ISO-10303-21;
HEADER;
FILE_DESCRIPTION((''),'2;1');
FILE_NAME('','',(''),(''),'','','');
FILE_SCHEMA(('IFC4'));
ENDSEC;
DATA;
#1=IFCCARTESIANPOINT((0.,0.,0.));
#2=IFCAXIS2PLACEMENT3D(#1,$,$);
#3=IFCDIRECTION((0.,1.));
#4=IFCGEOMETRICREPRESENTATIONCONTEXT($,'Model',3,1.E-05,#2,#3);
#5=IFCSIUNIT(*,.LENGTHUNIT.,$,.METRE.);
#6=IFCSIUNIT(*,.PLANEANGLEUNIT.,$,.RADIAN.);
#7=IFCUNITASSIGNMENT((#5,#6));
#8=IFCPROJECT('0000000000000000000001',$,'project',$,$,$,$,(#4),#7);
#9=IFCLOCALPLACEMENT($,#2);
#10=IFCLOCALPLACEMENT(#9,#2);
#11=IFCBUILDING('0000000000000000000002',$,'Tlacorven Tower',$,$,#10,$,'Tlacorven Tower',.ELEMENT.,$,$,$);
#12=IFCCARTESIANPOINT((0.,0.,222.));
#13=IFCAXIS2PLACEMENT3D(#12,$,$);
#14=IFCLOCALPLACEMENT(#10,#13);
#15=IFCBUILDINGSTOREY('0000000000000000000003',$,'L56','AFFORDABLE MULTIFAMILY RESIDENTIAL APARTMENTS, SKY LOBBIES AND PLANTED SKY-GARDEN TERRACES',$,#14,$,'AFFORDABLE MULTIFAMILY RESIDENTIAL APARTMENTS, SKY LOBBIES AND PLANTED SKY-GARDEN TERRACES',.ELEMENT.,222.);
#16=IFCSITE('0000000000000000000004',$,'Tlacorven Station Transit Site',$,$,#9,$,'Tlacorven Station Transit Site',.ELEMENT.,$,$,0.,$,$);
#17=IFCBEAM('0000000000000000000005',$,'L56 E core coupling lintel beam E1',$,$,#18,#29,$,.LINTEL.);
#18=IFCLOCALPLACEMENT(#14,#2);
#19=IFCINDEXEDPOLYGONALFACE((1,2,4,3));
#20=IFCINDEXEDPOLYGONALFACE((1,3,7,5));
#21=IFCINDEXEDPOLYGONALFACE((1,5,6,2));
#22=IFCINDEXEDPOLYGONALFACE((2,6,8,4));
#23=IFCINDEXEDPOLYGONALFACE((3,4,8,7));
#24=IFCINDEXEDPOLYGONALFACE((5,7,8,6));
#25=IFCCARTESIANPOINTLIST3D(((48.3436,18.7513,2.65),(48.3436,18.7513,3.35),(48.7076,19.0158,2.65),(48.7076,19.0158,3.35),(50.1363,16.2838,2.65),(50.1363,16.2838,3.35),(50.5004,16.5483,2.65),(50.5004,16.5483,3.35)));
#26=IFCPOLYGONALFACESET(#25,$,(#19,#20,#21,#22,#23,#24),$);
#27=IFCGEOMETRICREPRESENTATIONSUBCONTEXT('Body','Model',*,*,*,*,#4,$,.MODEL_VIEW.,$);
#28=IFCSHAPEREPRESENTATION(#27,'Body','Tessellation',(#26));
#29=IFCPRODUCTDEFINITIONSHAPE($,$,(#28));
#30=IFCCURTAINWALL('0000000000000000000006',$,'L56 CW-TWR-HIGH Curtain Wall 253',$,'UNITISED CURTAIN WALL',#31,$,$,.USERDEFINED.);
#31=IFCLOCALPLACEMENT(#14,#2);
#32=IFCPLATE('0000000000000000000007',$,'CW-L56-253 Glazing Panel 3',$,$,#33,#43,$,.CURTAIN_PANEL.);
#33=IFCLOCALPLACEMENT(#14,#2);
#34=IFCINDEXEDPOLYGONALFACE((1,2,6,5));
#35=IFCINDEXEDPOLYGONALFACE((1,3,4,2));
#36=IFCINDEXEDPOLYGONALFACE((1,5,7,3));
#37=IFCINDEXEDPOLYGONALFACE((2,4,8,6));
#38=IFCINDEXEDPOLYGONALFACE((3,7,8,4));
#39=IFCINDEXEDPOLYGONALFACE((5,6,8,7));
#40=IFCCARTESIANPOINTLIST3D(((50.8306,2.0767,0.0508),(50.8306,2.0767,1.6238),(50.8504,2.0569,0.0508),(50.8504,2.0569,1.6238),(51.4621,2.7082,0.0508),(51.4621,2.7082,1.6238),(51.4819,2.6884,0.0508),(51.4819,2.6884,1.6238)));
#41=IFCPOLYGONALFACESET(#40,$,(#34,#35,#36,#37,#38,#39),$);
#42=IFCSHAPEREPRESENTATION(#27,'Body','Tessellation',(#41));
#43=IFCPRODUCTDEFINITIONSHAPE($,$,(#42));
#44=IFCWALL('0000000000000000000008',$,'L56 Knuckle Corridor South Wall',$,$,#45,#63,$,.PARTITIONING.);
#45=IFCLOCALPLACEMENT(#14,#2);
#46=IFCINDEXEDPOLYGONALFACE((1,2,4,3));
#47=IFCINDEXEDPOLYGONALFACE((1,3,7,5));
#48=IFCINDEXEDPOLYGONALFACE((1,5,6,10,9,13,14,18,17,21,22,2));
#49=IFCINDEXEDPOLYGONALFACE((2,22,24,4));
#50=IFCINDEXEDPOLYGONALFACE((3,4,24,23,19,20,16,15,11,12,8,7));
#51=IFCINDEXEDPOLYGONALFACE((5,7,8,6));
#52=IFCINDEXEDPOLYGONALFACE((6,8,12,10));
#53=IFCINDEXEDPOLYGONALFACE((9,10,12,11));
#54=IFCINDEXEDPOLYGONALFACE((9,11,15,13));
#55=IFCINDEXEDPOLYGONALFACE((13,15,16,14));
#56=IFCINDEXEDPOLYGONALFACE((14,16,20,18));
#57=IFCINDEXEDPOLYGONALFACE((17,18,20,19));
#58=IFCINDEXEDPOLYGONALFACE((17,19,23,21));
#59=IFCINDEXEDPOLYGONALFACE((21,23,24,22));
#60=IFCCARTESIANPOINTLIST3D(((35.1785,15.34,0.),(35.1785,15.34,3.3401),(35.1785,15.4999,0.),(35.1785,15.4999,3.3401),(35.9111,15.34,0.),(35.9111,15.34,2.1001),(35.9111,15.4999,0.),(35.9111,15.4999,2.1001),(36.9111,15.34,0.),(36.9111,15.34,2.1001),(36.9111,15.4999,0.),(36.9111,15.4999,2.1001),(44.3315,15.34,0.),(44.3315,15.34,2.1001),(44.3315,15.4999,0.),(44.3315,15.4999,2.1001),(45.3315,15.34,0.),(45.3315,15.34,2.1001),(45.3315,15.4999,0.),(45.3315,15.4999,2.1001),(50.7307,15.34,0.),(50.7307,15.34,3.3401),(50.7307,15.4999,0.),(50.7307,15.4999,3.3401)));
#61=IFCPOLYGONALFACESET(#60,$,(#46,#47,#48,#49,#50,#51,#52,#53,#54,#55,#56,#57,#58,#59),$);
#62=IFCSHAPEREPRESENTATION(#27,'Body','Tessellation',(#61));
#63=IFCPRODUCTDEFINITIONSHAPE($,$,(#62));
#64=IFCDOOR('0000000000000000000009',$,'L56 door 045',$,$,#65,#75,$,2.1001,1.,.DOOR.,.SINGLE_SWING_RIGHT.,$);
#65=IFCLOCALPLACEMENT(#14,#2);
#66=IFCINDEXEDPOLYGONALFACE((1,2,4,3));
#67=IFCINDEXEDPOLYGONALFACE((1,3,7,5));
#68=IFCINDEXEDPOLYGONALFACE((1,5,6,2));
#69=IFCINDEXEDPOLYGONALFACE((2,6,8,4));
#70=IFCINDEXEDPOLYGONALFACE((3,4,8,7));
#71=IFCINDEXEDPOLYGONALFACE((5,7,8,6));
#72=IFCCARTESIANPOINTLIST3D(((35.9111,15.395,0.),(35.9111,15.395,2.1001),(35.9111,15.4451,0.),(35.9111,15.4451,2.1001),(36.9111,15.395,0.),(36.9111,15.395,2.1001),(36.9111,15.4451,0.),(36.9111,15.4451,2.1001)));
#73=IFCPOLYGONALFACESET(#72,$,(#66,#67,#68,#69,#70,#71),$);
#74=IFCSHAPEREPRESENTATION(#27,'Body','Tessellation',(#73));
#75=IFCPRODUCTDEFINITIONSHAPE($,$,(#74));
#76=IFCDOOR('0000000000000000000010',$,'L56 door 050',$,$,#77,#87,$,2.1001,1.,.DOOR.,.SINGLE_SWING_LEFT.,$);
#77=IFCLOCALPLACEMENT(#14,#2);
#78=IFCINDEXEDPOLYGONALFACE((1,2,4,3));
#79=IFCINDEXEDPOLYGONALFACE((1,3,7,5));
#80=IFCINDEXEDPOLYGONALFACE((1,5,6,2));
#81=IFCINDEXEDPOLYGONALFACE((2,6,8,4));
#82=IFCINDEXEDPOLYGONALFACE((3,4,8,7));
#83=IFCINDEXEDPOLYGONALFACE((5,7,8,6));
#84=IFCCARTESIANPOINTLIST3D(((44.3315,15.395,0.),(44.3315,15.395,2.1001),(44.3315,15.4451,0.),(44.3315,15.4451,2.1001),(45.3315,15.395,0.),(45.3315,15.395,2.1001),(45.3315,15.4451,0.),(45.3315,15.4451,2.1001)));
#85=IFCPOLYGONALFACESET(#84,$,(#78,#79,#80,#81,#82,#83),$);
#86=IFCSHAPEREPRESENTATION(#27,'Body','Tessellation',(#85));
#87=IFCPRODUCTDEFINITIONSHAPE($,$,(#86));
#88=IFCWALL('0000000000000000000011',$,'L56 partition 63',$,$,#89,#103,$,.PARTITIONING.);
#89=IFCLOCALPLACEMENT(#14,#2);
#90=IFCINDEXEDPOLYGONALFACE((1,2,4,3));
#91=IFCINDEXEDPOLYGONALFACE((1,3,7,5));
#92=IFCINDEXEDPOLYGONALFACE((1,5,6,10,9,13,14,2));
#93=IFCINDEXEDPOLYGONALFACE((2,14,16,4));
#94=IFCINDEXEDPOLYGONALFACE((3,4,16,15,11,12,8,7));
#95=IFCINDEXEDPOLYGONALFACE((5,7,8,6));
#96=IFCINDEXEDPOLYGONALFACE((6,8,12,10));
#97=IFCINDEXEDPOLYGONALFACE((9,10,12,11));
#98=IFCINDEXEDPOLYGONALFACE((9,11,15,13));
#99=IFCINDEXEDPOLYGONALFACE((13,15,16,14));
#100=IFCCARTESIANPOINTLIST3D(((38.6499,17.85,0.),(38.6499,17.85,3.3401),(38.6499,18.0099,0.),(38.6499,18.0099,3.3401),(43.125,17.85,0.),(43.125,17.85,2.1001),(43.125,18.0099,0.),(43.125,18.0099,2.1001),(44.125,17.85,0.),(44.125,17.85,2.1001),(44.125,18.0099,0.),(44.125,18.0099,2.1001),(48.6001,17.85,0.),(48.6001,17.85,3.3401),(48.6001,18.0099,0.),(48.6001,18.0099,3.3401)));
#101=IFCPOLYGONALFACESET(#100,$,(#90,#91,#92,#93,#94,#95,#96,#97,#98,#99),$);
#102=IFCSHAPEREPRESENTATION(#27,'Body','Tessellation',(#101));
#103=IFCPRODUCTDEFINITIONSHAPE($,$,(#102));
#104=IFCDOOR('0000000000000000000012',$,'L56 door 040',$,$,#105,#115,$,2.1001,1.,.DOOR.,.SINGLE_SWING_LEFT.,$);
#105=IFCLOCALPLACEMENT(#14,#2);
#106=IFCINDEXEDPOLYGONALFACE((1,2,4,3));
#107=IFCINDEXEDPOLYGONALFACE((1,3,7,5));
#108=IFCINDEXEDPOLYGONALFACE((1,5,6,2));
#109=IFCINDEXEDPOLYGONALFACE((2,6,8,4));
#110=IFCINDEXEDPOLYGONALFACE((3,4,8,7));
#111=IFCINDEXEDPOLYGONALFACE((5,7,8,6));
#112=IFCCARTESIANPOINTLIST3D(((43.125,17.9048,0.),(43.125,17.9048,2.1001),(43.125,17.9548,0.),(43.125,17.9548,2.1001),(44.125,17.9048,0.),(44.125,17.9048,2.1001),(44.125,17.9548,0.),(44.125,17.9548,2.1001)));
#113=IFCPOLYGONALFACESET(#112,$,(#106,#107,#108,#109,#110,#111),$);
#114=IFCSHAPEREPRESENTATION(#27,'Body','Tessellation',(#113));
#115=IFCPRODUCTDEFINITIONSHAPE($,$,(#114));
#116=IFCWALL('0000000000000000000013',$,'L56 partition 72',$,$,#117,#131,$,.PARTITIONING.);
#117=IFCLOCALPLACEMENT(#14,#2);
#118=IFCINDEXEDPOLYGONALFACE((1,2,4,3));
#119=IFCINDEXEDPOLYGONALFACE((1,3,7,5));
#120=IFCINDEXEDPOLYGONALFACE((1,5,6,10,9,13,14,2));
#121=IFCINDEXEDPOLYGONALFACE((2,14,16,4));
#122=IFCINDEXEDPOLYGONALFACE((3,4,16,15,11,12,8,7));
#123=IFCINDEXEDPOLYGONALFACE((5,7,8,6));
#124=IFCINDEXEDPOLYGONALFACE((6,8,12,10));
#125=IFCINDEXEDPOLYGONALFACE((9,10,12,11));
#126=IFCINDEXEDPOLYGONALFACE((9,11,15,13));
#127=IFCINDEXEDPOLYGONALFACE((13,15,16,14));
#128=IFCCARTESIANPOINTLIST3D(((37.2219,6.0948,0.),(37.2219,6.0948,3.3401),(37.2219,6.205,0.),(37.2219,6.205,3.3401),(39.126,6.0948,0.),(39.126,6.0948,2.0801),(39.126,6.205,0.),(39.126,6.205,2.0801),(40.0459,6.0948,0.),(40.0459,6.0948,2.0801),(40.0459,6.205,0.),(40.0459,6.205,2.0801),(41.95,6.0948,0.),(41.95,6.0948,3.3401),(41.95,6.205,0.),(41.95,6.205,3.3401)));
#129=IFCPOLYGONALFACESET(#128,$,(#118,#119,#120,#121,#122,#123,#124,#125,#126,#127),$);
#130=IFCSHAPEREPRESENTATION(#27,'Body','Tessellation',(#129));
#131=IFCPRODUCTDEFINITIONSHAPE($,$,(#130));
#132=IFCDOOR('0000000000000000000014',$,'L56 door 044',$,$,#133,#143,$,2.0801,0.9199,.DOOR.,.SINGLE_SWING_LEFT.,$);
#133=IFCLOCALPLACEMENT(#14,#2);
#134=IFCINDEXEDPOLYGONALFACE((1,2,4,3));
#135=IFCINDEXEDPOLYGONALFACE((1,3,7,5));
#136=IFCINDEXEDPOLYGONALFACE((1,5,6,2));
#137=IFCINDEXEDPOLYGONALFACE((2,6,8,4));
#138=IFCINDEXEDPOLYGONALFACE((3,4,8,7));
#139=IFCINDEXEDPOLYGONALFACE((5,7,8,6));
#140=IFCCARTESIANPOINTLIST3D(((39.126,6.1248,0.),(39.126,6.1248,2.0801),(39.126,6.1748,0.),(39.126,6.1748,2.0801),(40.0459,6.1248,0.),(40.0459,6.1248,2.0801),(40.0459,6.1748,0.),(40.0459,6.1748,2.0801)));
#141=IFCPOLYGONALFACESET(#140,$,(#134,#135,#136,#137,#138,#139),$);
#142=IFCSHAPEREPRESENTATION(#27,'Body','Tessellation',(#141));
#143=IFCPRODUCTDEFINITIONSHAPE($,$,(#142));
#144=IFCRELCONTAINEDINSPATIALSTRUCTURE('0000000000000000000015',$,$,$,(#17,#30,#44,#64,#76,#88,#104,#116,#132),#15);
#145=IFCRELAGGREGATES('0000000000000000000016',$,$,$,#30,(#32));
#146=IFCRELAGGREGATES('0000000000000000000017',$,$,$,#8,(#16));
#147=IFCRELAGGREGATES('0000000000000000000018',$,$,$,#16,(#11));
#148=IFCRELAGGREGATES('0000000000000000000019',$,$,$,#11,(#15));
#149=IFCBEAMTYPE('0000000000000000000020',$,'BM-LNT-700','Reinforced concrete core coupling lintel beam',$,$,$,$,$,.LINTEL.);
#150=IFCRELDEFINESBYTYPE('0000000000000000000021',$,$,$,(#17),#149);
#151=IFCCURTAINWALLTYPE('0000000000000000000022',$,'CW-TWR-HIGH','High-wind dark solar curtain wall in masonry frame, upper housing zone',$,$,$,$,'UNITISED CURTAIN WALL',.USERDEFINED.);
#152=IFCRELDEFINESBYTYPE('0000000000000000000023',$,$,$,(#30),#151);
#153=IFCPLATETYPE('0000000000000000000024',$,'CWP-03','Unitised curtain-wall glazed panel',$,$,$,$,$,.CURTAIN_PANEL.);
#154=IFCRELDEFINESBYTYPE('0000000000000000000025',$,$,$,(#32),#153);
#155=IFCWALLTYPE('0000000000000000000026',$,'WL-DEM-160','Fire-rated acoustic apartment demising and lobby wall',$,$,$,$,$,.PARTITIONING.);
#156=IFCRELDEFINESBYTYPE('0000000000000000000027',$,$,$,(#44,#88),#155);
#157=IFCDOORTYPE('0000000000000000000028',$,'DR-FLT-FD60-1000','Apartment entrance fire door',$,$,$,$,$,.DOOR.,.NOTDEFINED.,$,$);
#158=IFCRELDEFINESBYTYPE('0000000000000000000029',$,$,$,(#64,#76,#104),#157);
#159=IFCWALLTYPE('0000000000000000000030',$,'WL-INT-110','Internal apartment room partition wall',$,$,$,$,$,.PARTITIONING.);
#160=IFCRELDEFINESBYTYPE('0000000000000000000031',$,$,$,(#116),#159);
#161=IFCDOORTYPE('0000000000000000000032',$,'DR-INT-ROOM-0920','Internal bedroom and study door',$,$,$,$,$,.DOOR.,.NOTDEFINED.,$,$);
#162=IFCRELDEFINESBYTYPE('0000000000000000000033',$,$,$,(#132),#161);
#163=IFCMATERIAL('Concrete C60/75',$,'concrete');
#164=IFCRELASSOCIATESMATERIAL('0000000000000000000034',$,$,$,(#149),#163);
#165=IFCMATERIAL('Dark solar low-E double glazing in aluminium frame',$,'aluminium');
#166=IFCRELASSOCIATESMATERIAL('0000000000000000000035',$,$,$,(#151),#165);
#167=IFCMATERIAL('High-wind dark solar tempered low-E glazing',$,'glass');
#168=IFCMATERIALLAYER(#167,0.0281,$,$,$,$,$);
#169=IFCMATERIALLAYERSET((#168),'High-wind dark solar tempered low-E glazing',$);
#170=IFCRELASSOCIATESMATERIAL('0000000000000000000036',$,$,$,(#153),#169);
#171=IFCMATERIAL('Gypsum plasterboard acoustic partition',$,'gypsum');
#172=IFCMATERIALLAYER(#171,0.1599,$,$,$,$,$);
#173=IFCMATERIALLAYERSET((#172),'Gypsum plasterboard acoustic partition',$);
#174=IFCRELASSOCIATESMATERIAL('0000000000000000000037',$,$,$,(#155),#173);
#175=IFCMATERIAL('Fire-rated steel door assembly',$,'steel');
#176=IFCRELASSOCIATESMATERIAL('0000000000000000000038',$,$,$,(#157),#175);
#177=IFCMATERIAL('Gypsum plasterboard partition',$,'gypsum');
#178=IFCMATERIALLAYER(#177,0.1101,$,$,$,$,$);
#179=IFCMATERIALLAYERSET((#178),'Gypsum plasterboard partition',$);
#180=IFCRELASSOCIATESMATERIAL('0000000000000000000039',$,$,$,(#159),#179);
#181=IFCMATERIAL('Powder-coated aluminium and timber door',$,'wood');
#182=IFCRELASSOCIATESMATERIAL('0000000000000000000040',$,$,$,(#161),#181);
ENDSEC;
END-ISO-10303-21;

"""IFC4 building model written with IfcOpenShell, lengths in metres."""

from ifc_helpers import new_model, si_unit, direction, frame, frame_2d, origin, origin_2d, place, context, subcontext, project, spatial, rectangle, extrude, source, transform, mapped, material, layer, layer_set, material_profile, profile_set, type_object, element, fill, aggregate, save


model = new_model("IFC4")

# Units and contexts
model_context = context("Model", 3, precision=1e-05, world=origin(), true_north=direction((0.0, 1.0)))
body_context = subcontext(model_context, "Body", "Model", "MODEL_VIEW")
ifc_project = project(units=[si_unit("LENGTHUNIT", "METRE"), si_unit("PLANEANGLEUNIT", "RADIAN")], contexts=[model_context])

# Site, building, storey
site_placement = place(None, origin())
site = spatial("IfcSite", under=ifc_project, at=site_placement, Name="Tlacorven Station Transit Site", LongName="Tlacorven Station Transit Site", CompositionType="ELEMENT", RefElevation=0.0)
building_placement = place(site_placement, origin())
building = spatial("IfcBuilding", under=site, at=building_placement, Name="Tlacorven Tower", LongName="Tlacorven Tower", CompositionType="ELEMENT")
storey_placement = place(building_placement, frame((0.0, 0.0, 222.0)))
storey = spatial("IfcBuildingStorey", under=building, at=storey_placement, Name="L56", Description="AFFORDABLE MULTIFAMILY RESIDENTIAL APARTMENTS, SKY LOBBIES AND PLANTED SKY-GARDEN TERRACES", LongName="AFFORDABLE MULTIFAMILY RESIDENTIAL APARTMENTS, SKY LOBBIES AND PLANTED SKY-GARDEN TERRACES", CompositionType="ELEMENT", Elevation=222.0)

# Beam
ifc_material_1 = material(Name="Concrete C60/75", Category="concrete")
ifc_material_profile = material_profile(ifc_material_1, rectangle(XDim=0.45, YDim=0.7, at=origin_2d()), Name="RC 450X700")
ifc_profile_set = profile_set([ifc_material_profile], Name="Concrete C60/75")
beam_type = type_object("IfcBeamType", Name="BM-LNT-700", Description="Reinforced concrete core coupling lintel beam", PredefinedType="LINTEL", material=ifc_profile_set)
shared_shape_1 = source(origin(), body_context, "Body", "SweptSolid", [
    extrude(rectangle(XDim=0.45, YDim=0.7, at=origin_2d()), origin(), (0.0, 0.0, 1.0), 3.05),
])
beam_placement = place(storey_placement, frame((50.3184, 16.416, 3.0), z_axis=(-0.587777, 0.809023, 0.0), x_axis=(-0.809023, -0.587777, 0.0)))
element("IfcBeam", 1, at=beam_placement, inside=storey, type_object=beam_type, Name="L56 E core coupling lintel beam E1", PredefinedType="LINTEL", context=body_context, shape_type="MappedRepresentation", body=[
    mapped(shared_shape_1, transform((0.0, 0.0, 0.0), scale=1.0)),
])

# Curtain wall, plate
ifc_material_2 = material(Name="Dark solar low-E double glazing in aluminium frame", Category="aluminium")
curtain_wall_type = type_object("IfcCurtainWallType", Name="CW-TWR-HIGH", Description="High-wind dark solar curtain wall in masonry frame, upper housing zone", ElementType="UNITISED CURTAIN WALL", PredefinedType="USERDEFINED", material=ifc_material_2)
curtain_wall_placement = place(storey_placement, origin())
curtain_wall = element("IfcCurtainWall", 2, at=curtain_wall_placement, inside=storey, type_object=curtain_wall_type, Name="L56 CW-TWR-HIGH Curtain Wall 253", ObjectType="UNITISED CURTAIN WALL", PredefinedType="USERDEFINED")
ifc_material_3 = material(Name="High-wind dark solar tempered low-E glazing", Category="glass")
ifc_layer_1 = layer(ifc_material_3, 0.0281)
ifc_layer_set_1 = layer_set([ifc_layer_1], Name="High-wind dark solar tempered low-E glazing")
plate_type = type_object("IfcPlateType", Name="CWP-03", Description="Unitised curtain-wall glazed panel", PredefinedType="CURTAIN_PANEL", material=ifc_layer_set_1)
shared_shape_2 = source(origin(), body_context, "Body", "SweptSolid", [
    extrude(rectangle(XDim=0.8931, YDim=0.0281, at=origin_2d()), origin(), (0.0, 0.0, 1.0), 1.573),
])
plate_placement = place(storey_placement, frame((51.1562, 2.3826, 0.0508), z_axis=(0.0, 0.0, 1.0), x_axis=(-0.707107, -0.707107, 0.0)))
plate = element("IfcPlate", 3, at=plate_placement, type_object=plate_type, Name="CW-L56-253 Glazing Panel 3", PredefinedType="CURTAIN_PANEL", context=body_context, shape_type="MappedRepresentation", body=[
    mapped(shared_shape_2, transform((0.0, 0.0, 0.0), scale=1.0)),
])
aggregate(curtain_wall, [plate])

# Wall, openings, doors
ifc_material_4 = material(Name="Gypsum plasterboard acoustic partition", Category="gypsum")
ifc_layer_2 = layer(ifc_material_4, 0.1599)
ifc_layer_set_2 = layer_set([ifc_layer_2], Name="Gypsum plasterboard acoustic partition")
wall_type_1 = type_object("IfcWallType", Name="WL-DEM-160", Description="Fire-rated acoustic apartment demising and lobby wall", PredefinedType="PARTITIONING", material=ifc_layer_set_2)
wall_1_placement = place(storey_placement, frame((35.1785, 15.4199, 0.0), z_axis=(0.0, 0.0, 1.0), x_axis=(1.0, 0.0, 0.0)))
wall_1 = element("IfcWall", 4, at=wall_1_placement, inside=storey, type_object=wall_type_1, Name="L56 Knuckle Corridor South Wall", PredefinedType="PARTITIONING", context=body_context, shape_type="SweptSolid", body=[
    extrude(rectangle(XDim=15.5522, YDim=0.1599, at=frame_2d((7.7761, 0.0))), origin(), (0.0, 0.0, 1.0), 3.3401),
])
opening_1_placement = place(wall_1_placement, frame((0.7327, 0.0, 0.0)))
opening_1 = element("IfcOpeningElement", 5, at=opening_1_placement, cuts=wall_1, PredefinedType="OPENING", context=body_context, shape_type="SweptSolid", body=[
    extrude(rectangle(XDim=1.0, YDim=2.1001, at=frame_2d((0.5, 1.05))), frame((0.0, 0.0898, 0.0), z_axis=(0.0, -1.0, 0.0), x_axis=(1.0, 0.0, 0.0)), (0.0, 0.0, 1.0), 0.1799),
])
opening_2_placement = place(wall_1_placement, frame((9.1531, 0.0, 0.0)))
opening_2 = element("IfcOpeningElement", 6, at=opening_2_placement, cuts=wall_1, PredefinedType="OPENING", context=body_context, shape_type="SweptSolid", body=[
    extrude(rectangle(XDim=1.0, YDim=2.1001, at=frame_2d((0.5, 1.05))), frame((0.0, 0.0898, 0.0), z_axis=(0.0, -1.0, 0.0), x_axis=(1.0, 0.0, 0.0)), (0.0, 0.0, 1.0), 0.1799),
])
ifc_material_5 = material(Name="Fire-rated steel door assembly", Category="steel")
door_type_1 = type_object("IfcDoorType", Name="DR-FLT-FD60-1000", Description="Apartment entrance fire door", OperationType="NOTDEFINED", PredefinedType="DOOR", material=ifc_material_5)
shared_shape_3 = source(origin(), body_context, "Body", "SweptSolid", [
    extrude(rectangle(XDim=1.0, YDim=2.1001, at=frame_2d((0.5, 1.05))), frame((0.0, 0.0249, 0.0), z_axis=(0.0, -1.0, 0.0), x_axis=(1.0, 0.0, 0.0)), (0.0, 0.0, 1.0), 0.05),
])
door_1_placement = place(opening_1_placement, frame((1.0, 0.0, 0.0), z_axis=(0.0, 0.0, 1.0), x_axis=(-1.0, 0.0, 0.0)))
door_1 = element("IfcDoor", 7, at=door_1_placement, inside=storey, type_object=door_type_1, Name="L56 door 045", OperationType="SINGLE_SWING_RIGHT", OverallHeight=2.1001, OverallWidth=1.0, PredefinedType="DOOR", context=body_context, shape_type="MappedRepresentation", body=[
    mapped(shared_shape_3, transform((0.0, 0.0, 0.0), scale=1.0)),
])
fill(opening_1, door_1)
door_2_placement = place(opening_2_placement, frame((1.0, 0.0, 0.0), z_axis=(0.0, 0.0, 1.0), x_axis=(-1.0, 0.0, 0.0)))
door_2 = element("IfcDoor", 8, at=door_2_placement, inside=storey, type_object=door_type_1, Name="L56 door 050", OperationType="SINGLE_SWING_LEFT", OverallHeight=2.1001, OverallWidth=1.0, PredefinedType="DOOR", context=body_context, shape_type="MappedRepresentation", body=[
    mapped(shared_shape_3, transform((0.0, 0.0, 0.0), scale=1.0)),
])
fill(opening_2, door_2)

# Walls, openings, doors
wall_2_placement = place(storey_placement, frame((38.6499, 17.9299, 0.0), z_axis=(0.0, 0.0, 1.0), x_axis=(1.0, 0.0, 0.0)))
wall_2 = element("IfcWall", 9, at=wall_2_placement, inside=storey, type_object=wall_type_1, Name="L56 partition 63", PredefinedType="PARTITIONING", context=body_context, shape_type="SweptSolid", body=[
    extrude(rectangle(XDim=9.9502, YDim=0.1599, at=frame_2d((4.9751, 0.0))), origin(), (0.0, 0.0, 1.0), 3.3401),
])
opening_3_placement = place(wall_2_placement, frame((4.4751, 0.0, 0.0)))
opening_3 = element("IfcOpeningElement", 10, at=opening_3_placement, cuts=wall_2, PredefinedType="OPENING", context=body_context, shape_type="SweptSolid", body=[
    extrude(rectangle(XDim=1.0, YDim=2.1001, at=frame_2d((0.5, 1.05))), frame((0.0, 0.0898, 0.0), z_axis=(0.0, -1.0, 0.0), x_axis=(1.0, 0.0, 0.0)), (0.0, 0.0, 1.0), 0.1799),
])
door_3_placement = place(opening_3_placement, origin())
door_3 = element("IfcDoor", 11, at=door_3_placement, inside=storey, type_object=door_type_1, Name="L56 door 040", OperationType="SINGLE_SWING_LEFT", OverallHeight=2.1001, OverallWidth=1.0, PredefinedType="DOOR", context=body_context, shape_type="MappedRepresentation", body=[
    mapped(shared_shape_3, transform((0.0, 0.0, 0.0), scale=1.0)),
])
fill(opening_3, door_3)
ifc_material_6 = material(Name="Gypsum plasterboard partition", Category="gypsum")
ifc_layer_3 = layer(ifc_material_6, 0.1101)
ifc_layer_set_3 = layer_set([ifc_layer_3], Name="Gypsum plasterboard partition")
wall_type_2 = type_object("IfcWallType", Name="WL-INT-110", Description="Internal apartment room partition wall", PredefinedType="PARTITIONING", material=ifc_layer_set_3)
wall_3_placement = place(storey_placement, frame((37.2219, 6.1499, 0.0), z_axis=(0.0, 0.0, 1.0), x_axis=(1.0, 0.0, 0.0)))
wall_3 = element("IfcWall", 12, at=wall_3_placement, inside=storey, type_object=wall_type_2, Name="L56 partition 72", PredefinedType="PARTITIONING", context=body_context, shape_type="SweptSolid", body=[
    extrude(rectangle(XDim=4.728, YDim=0.1101, at=frame_2d((2.364, 0.0))), origin(), (0.0, 0.0, 1.0), 3.3401),
])
opening_4_placement = place(wall_3_placement, frame((1.9041, 0.0, 0.0)))
opening_4 = element("IfcOpeningElement", 13, at=opening_4_placement, cuts=wall_3, PredefinedType="OPENING", context=body_context, shape_type="SweptSolid", body=[
    extrude(rectangle(XDim=0.9199, YDim=2.0801, at=frame_2d((0.46, 1.04))), frame((0.0, 0.0649, 0.0), z_axis=(0.0, -1.0, 0.0), x_axis=(1.0, 0.0, 0.0)), (0.0, 0.0, 1.0), 0.1301),
])
ifc_material_7 = material(Name="Powder-coated aluminium and timber door", Category="wood")
door_type_2 = type_object("IfcDoorType", Name="DR-INT-ROOM-0920", Description="Internal bedroom and study door", OperationType="NOTDEFINED", PredefinedType="DOOR", material=ifc_material_7)
shared_shape_4 = source(origin(), body_context, "Body", "SweptSolid", [
    extrude(rectangle(XDim=0.9199, YDim=2.0801, at=frame_2d((0.46, 1.04))), frame((0.0, 0.0249, 0.0), z_axis=(0.0, -1.0, 0.0), x_axis=(1.0, 0.0, 0.0)), (0.0, 0.0, 1.0), 0.05),
])
door_4_placement = place(opening_4_placement, origin())
door_4 = element("IfcDoor", 14, at=door_4_placement, inside=storey, type_object=door_type_2, Name="L56 door 044", OperationType="SINGLE_SWING_LEFT", OverallHeight=2.0801, OverallWidth=0.9199, PredefinedType="DOOR", context=body_context, shape_type="MappedRepresentation", body=[
    mapped(shared_shape_4, transform((0.0, 0.0, 0.0), scale=1.0)),
])
fill(opening_4, door_4)

save(model, "model.ifc")
